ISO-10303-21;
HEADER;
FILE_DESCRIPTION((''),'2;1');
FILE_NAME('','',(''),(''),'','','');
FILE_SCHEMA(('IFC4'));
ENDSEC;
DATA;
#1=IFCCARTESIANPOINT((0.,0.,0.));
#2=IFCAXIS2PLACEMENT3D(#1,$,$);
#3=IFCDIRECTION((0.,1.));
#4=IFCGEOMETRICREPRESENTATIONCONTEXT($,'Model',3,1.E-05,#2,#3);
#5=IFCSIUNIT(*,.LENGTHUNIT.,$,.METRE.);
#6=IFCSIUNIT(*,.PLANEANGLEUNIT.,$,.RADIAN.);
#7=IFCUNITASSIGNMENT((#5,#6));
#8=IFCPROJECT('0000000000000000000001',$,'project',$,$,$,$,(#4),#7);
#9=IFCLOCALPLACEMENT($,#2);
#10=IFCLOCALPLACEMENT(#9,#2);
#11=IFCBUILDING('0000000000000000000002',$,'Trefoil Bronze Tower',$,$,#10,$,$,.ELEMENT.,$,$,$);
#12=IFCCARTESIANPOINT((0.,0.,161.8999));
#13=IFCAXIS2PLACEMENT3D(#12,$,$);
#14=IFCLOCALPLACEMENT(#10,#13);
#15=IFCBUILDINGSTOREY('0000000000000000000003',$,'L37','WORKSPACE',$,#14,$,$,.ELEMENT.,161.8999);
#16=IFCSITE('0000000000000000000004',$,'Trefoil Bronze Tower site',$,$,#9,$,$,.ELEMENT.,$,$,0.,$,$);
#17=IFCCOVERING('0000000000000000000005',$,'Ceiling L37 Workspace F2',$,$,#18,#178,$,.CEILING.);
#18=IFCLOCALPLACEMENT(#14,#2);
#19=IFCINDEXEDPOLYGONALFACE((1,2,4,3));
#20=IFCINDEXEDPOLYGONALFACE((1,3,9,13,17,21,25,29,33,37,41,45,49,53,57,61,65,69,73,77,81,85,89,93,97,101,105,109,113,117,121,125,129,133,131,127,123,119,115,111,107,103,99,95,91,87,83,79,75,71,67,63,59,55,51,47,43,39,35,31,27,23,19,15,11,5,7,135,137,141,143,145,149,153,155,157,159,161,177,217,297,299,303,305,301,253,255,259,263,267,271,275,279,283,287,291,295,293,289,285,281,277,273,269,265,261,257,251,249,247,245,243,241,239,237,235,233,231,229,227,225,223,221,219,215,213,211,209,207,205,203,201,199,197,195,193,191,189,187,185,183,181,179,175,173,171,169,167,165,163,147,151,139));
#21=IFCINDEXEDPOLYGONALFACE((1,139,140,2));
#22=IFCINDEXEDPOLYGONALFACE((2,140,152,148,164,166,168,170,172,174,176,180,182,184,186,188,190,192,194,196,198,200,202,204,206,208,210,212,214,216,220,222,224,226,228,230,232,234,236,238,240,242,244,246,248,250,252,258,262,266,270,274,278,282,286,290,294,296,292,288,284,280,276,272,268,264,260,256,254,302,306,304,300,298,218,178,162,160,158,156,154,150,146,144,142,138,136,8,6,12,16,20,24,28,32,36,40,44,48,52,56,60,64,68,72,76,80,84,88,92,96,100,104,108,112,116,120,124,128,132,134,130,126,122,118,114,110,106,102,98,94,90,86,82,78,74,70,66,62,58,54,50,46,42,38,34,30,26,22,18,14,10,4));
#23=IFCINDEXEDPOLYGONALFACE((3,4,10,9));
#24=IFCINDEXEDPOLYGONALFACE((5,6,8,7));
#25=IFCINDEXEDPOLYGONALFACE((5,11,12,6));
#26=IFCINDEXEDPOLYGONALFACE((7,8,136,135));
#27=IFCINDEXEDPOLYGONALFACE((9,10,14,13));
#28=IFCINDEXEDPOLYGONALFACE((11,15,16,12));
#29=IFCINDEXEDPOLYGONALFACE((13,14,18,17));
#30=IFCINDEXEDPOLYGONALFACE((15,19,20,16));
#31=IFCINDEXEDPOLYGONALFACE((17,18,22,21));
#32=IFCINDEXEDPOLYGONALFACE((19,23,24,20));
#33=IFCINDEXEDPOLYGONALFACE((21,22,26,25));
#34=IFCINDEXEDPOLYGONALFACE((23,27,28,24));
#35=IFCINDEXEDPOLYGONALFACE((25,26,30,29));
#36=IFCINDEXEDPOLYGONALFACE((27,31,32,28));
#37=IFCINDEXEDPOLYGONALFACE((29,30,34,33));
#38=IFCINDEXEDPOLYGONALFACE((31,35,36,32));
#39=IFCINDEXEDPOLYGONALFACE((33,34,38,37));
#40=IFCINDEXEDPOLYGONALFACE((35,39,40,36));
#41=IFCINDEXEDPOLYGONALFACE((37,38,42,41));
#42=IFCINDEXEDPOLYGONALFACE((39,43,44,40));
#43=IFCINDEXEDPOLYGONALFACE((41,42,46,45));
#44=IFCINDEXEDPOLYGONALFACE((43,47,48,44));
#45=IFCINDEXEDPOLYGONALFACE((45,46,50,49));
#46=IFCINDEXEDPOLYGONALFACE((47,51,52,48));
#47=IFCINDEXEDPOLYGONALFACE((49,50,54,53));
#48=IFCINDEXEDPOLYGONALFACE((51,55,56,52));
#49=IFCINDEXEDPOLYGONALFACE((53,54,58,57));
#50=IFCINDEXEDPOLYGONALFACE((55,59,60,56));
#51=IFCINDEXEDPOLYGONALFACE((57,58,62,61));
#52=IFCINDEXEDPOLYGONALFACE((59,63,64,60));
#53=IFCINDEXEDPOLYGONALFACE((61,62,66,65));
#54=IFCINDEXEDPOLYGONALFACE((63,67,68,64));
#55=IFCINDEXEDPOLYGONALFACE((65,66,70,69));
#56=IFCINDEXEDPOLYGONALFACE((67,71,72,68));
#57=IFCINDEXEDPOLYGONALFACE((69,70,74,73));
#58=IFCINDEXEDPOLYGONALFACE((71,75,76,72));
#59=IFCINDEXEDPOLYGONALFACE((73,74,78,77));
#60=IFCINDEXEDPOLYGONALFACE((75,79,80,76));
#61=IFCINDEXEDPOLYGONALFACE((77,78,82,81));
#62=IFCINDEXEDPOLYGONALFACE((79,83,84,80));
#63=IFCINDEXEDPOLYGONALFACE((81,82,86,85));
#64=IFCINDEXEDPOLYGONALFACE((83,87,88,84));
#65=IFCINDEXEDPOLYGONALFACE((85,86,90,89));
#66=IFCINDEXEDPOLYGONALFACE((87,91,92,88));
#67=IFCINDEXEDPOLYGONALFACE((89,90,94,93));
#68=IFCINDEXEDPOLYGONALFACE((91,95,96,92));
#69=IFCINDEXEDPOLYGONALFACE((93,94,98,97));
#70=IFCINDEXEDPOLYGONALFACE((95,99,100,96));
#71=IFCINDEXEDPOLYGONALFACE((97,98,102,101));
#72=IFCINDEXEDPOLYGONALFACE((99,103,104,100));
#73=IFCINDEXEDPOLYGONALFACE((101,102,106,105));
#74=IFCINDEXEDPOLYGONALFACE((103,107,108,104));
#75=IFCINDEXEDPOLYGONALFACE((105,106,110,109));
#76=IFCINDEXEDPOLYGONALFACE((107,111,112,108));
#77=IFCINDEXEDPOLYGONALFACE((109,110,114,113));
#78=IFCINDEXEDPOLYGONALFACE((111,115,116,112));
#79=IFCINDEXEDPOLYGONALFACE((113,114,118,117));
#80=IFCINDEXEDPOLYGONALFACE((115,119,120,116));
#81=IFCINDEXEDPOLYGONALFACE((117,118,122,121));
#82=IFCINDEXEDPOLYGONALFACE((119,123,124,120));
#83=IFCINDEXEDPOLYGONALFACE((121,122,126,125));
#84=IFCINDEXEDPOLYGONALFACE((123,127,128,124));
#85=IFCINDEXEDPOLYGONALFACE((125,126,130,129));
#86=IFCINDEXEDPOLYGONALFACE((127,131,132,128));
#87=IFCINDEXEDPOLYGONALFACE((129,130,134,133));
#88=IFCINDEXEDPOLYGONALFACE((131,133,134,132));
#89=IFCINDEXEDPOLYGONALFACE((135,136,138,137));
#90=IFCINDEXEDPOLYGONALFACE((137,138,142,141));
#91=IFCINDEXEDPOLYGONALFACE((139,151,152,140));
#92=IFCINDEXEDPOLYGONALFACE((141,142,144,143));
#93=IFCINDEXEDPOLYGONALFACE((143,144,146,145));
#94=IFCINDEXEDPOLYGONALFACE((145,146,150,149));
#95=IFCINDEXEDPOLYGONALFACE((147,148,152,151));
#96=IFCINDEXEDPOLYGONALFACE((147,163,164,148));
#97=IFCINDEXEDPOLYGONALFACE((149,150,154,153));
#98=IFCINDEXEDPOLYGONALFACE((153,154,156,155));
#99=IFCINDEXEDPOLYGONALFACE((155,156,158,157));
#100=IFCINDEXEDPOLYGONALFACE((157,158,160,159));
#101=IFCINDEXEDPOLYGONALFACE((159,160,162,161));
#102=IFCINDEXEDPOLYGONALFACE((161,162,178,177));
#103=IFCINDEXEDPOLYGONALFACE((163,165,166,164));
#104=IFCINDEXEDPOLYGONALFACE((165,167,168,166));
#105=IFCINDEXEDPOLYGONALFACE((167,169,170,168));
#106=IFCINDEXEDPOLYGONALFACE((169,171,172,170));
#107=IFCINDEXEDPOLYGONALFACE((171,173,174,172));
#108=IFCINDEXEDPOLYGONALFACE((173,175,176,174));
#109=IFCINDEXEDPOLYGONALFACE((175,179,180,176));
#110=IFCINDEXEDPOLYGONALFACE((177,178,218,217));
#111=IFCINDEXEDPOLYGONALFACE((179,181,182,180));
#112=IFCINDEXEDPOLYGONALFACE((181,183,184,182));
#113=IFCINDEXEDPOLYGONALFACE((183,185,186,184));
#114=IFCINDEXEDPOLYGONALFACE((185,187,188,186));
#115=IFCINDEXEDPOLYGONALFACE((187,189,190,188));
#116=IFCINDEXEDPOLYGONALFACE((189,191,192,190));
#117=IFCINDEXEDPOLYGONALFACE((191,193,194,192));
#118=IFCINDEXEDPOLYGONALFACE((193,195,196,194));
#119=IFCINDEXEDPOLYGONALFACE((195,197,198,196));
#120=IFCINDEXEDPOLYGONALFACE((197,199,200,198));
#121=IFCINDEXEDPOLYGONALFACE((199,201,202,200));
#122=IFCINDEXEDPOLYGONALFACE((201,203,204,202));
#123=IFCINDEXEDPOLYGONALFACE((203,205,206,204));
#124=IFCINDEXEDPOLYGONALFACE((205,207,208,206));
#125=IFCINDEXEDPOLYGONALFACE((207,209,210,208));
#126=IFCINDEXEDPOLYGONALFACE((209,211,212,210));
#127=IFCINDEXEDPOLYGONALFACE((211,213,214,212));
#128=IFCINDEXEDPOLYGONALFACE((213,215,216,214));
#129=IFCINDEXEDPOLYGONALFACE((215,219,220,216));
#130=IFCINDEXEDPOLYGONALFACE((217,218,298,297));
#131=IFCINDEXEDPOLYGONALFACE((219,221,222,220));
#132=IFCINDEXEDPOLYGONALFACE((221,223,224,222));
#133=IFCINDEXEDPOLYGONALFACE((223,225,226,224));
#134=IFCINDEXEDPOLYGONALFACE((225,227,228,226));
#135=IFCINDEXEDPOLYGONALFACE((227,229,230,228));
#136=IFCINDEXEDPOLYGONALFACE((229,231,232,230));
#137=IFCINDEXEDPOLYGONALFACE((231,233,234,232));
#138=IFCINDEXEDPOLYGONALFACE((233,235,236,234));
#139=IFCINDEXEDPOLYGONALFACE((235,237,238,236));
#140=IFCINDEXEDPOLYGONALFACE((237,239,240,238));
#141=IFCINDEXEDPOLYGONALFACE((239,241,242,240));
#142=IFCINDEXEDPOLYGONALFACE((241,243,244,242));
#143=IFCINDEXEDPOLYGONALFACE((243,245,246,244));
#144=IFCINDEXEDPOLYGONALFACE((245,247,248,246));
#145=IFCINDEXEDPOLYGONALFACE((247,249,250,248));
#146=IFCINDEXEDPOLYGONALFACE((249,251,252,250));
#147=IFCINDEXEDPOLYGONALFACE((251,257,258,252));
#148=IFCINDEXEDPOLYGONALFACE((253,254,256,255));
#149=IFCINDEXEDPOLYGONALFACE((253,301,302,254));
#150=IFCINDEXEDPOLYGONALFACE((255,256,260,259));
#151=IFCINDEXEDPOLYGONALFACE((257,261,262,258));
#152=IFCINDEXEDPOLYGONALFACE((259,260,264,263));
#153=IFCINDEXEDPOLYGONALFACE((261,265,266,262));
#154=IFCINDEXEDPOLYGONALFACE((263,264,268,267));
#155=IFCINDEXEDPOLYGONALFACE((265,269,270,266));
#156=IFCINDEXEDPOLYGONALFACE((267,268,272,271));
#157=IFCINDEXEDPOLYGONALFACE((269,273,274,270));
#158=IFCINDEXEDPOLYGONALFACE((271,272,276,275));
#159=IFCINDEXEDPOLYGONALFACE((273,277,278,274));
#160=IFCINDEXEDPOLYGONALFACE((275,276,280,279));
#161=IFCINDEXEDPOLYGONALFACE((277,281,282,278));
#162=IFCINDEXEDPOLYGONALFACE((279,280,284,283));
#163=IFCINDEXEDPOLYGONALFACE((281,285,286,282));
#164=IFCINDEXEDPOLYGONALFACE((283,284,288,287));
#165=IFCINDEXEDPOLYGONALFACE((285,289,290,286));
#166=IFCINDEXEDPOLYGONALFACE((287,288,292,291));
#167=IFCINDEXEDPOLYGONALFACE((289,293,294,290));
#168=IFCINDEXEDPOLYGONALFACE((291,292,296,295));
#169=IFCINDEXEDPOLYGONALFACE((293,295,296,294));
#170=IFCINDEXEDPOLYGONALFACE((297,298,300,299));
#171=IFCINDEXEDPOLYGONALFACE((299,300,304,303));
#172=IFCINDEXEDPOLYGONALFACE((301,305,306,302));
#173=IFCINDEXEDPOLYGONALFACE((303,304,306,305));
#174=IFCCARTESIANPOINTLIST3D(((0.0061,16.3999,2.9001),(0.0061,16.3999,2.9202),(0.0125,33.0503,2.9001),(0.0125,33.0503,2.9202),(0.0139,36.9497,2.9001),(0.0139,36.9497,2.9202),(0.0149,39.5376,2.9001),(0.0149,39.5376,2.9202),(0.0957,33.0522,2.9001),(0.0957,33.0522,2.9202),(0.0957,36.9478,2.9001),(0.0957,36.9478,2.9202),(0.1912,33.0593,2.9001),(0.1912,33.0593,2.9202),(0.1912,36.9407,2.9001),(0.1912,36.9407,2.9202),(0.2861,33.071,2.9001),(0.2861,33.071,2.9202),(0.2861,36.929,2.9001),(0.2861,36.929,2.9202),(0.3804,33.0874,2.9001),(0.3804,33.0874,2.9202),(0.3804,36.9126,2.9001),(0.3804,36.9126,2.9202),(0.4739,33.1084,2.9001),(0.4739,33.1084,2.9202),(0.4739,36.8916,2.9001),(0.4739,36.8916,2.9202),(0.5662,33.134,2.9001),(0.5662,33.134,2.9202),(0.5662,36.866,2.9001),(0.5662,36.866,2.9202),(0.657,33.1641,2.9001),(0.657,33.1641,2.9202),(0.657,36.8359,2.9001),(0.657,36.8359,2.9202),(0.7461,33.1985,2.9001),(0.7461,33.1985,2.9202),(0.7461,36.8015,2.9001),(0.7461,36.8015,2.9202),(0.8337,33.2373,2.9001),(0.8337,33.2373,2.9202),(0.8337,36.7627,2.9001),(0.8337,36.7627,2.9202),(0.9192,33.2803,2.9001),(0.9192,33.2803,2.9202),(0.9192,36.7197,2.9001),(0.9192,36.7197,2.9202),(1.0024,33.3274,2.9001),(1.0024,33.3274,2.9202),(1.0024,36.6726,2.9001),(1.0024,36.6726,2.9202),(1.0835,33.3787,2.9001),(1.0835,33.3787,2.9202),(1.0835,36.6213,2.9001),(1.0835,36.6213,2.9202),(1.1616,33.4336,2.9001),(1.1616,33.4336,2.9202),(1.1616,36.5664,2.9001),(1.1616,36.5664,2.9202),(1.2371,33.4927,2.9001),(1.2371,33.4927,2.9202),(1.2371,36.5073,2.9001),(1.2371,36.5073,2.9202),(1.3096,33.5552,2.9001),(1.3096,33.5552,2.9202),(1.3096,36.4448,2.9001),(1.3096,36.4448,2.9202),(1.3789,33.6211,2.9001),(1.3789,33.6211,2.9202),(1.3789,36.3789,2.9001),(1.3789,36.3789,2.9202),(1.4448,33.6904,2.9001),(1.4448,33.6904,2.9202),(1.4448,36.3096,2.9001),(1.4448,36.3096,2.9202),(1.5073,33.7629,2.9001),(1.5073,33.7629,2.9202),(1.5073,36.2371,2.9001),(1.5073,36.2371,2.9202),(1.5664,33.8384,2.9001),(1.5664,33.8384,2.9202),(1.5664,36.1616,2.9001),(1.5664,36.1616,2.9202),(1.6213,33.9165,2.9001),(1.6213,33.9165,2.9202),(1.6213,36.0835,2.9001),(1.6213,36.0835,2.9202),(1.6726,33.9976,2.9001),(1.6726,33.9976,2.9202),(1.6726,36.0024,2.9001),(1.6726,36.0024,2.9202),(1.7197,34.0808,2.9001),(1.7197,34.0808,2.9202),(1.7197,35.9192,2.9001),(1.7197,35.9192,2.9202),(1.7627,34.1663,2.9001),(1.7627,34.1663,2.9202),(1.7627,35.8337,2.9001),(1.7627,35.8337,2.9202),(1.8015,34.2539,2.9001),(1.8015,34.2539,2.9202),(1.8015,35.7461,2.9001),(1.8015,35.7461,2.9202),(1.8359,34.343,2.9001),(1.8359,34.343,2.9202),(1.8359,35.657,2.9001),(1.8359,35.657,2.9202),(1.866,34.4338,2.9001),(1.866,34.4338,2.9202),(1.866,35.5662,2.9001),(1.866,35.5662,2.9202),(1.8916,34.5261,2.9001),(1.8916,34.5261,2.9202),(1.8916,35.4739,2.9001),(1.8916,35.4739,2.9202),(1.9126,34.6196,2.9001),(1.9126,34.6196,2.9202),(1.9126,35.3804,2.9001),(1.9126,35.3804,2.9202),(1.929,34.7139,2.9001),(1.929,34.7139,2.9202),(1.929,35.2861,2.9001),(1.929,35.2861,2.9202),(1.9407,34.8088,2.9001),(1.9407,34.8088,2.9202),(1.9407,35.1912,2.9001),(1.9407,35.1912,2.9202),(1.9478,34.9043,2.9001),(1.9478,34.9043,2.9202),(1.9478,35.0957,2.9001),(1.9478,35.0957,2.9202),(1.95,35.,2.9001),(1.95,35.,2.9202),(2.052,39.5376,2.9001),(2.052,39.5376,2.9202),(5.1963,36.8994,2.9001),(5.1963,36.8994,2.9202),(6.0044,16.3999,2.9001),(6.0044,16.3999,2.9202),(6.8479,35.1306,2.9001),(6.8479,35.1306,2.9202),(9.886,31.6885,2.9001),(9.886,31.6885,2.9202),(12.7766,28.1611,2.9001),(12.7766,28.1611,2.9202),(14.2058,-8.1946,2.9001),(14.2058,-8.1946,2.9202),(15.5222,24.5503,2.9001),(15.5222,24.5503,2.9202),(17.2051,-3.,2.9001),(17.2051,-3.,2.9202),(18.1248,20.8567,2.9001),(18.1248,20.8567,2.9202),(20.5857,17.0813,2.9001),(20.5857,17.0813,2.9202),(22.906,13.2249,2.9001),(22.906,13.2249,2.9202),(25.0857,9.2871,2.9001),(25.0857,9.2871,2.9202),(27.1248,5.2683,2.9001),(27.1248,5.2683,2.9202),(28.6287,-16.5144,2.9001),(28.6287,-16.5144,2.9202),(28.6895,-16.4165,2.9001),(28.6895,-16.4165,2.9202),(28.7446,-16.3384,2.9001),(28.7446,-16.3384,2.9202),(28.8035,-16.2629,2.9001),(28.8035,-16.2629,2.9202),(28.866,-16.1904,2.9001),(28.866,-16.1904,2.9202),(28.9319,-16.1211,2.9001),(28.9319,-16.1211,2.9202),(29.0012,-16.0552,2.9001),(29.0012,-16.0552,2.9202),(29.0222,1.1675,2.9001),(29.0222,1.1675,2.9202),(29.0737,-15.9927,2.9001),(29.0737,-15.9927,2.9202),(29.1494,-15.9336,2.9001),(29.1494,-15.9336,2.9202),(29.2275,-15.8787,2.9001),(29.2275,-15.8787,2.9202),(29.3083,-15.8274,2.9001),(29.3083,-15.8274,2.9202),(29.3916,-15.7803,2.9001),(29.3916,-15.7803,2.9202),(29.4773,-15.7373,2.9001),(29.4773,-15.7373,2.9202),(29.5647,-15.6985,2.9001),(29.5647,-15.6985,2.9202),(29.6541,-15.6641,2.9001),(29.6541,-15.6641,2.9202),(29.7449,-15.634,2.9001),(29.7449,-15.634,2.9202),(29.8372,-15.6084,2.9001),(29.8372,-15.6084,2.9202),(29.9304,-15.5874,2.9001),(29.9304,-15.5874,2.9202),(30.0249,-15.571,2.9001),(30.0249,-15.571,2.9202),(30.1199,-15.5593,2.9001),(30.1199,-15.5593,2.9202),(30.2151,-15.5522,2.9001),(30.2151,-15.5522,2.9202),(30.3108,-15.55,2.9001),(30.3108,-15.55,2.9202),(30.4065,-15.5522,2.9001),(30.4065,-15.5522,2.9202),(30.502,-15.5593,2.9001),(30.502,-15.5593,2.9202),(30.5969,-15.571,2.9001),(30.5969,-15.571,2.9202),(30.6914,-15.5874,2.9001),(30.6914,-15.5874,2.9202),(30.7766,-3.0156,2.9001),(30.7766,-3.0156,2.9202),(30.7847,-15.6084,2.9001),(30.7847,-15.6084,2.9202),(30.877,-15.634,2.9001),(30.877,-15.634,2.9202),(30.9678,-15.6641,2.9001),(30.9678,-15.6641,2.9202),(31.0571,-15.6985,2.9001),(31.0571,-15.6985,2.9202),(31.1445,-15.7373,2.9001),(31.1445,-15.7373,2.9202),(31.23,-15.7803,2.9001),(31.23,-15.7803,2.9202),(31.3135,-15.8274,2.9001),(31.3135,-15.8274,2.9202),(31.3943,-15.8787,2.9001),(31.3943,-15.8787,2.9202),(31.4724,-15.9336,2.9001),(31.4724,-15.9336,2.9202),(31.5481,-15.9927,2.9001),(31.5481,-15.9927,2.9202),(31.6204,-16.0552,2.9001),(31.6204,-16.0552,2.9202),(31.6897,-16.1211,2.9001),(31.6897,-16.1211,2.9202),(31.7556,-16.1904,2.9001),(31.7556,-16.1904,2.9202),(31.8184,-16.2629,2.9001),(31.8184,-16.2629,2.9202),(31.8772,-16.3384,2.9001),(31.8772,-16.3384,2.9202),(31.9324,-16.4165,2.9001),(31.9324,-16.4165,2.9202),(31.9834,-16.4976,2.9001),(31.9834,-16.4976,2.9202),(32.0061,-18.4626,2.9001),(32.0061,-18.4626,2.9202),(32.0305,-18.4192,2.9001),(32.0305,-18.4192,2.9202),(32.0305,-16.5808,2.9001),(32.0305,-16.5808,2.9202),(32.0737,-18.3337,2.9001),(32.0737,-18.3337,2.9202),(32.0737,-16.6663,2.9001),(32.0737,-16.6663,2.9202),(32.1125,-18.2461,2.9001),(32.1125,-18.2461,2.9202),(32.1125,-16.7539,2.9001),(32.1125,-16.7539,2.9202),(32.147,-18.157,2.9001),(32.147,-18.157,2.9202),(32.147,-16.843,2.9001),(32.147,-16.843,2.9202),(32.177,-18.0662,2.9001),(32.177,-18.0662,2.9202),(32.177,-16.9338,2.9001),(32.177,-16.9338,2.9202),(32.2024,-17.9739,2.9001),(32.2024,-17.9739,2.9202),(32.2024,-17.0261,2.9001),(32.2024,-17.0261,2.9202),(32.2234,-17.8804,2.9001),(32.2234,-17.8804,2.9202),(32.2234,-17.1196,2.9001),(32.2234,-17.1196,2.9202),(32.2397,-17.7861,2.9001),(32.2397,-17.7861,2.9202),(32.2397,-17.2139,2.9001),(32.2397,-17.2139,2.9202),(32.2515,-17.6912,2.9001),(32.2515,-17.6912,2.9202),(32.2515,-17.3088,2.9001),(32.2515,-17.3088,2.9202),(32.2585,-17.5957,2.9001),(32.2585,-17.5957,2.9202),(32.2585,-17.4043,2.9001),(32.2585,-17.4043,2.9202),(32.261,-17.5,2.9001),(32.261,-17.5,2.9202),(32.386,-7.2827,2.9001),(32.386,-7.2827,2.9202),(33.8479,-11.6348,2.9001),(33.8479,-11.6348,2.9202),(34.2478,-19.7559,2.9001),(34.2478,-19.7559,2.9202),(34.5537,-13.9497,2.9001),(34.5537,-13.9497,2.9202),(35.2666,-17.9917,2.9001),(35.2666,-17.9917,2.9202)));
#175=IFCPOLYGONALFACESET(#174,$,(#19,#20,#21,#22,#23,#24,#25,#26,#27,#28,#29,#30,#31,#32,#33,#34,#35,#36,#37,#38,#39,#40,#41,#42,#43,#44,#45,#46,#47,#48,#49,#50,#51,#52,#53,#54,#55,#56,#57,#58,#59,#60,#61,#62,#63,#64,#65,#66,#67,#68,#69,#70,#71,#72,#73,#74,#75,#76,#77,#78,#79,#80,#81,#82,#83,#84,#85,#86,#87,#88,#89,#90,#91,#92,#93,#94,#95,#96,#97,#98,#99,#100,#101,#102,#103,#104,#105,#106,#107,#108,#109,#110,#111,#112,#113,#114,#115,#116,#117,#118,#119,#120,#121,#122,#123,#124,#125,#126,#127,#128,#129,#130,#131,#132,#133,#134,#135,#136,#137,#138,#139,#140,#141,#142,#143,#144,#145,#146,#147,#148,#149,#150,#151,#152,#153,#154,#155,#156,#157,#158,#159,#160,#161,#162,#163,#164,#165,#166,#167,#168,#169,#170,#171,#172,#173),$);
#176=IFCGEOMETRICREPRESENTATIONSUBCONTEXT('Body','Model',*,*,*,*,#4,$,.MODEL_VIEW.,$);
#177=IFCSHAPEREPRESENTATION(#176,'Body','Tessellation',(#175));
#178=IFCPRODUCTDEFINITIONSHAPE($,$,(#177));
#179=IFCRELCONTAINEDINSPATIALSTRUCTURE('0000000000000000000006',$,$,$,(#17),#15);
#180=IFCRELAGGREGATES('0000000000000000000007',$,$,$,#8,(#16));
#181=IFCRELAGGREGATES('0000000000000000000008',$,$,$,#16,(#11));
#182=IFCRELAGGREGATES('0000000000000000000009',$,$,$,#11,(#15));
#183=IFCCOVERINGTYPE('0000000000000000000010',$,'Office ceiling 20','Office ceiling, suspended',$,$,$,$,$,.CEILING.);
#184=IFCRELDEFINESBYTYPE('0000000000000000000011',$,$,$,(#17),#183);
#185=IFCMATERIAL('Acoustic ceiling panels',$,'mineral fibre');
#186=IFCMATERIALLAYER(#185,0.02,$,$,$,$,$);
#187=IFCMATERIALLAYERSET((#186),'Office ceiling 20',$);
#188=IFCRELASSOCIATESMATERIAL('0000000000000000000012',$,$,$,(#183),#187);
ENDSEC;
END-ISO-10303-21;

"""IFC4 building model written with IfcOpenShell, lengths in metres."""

from ifc_helpers import new_model, si_unit, direction, frame, origin, place, context, subcontext, project, spatial, polyline, outline, extrude, material, layer, layer_set, type_object, element, save


model = new_model("IFC4")

# Units and contexts
model_context = context("Model", 3, precision=1e-05, world=origin(), true_north=direction((0.0, 1.0)))
body_context = subcontext(model_context, "Body", "Model", "MODEL_VIEW")
ifc_project = project(units=[si_unit("LENGTHUNIT", "METRE"), si_unit("PLANEANGLEUNIT", "RADIAN")], contexts=[model_context])

# Site, building, storey
site_placement = place(None, origin())
site = spatial("IfcSite", under=ifc_project, at=site_placement, Name="Trefoil Bronze Tower site", CompositionType="ELEMENT", RefElevation=0.0)
building_placement = place(site_placement, origin())
building = spatial("IfcBuilding", under=site, at=building_placement, Name="Trefoil Bronze Tower", CompositionType="ELEMENT")
storey_placement = place(building_placement, frame((0.0, 0.0, 161.8999)))
storey = spatial("IfcBuildingStorey", under=building, at=storey_placement, Name="L37", Description="WORKSPACE", CompositionType="ELEMENT", Elevation=161.8999)

# Covering
ifc_material_1 = material(Name="Acoustic ceiling panels", Category="mineral fibre")
ifc_layer_1 = layer(ifc_material_1, 0.02)
ifc_layer_set_1 = layer_set([ifc_layer_1], Name="Office ceiling 20")
covering_type_1 = type_object("IfcCoveringType", Name="Office ceiling 20", Description="Office ceiling, suspended", PredefinedType="CEILING", material=ifc_layer_set_1)
covering_1_placement = place(storey_placement, frame((0.0, 0.0, 2.9001)))
element("IfcCovering", 1, at=covering_1_placement, inside=storey, type_object=covering_type_1, Name="Ceiling L37 Workspace F2", PredefinedType="CEILING", context=body_context, shape_type="SweptSolid", body=[
    extrude(outline(polyline([(6.8479, 35.1306), (9.886, 31.6885), (12.7766, 28.1611), (15.5222, 24.5503), (18.1248, 20.8567), (20.5857, 17.0813), (22.906, 13.2249), (25.0857, 9.2871), (27.1248, 5.2683), (29.0222, 1.1675), (30.7766, -3.0156), (32.386, -7.2827), (33.8479, -11.6348), (34.5537, -13.9497), (35.2666, -17.9917), (34.2478, -19.7559), (32.0061, -18.4626), (32.0305, -18.4192), (32.0737, -18.3337), (32.1125, -18.2461), (32.147, -18.157), (32.177, -18.0662), (32.2024, -17.9739), (32.2234, -17.8804), (32.2397, -17.7861), (32.2515, -17.6912), (32.2585, -17.5957), (32.261, -17.5), (32.2585, -17.4043), (32.2515, -17.3088), (32.2397, -17.2139), (32.2234, -17.1196), (32.2024, -17.0261), (32.177, -16.9338), (32.147, -16.843), (32.1125, -16.7539), (32.0737, -16.6663), (32.0305, -16.5808), (31.9834, -16.4976), (31.9324, -16.4165), (31.8772, -16.3384), (31.8184, -16.2629), (31.7556, -16.1904), (31.6897, -16.1211), (31.6204, -16.0552), (31.5481, -15.9927), (31.4724, -15.9336), (31.3943, -15.8787), (31.3135, -15.8274), (31.23, -15.7803), (31.1445, -15.7373), (31.0571, -15.6985), (30.9678, -15.6641), (30.877, -15.634), (30.7847, -15.6084), (30.6914, -15.5874), (30.5969, -15.571), (30.502, -15.5593), (30.4065, -15.5522), (30.3108, -15.55), (30.2151, -15.5522), (30.1199, -15.5593), (30.0249, -15.571), (29.9304, -15.5874), (29.8372, -15.6084), (29.7449, -15.634), (29.6541, -15.6641), (29.5647, -15.6985), (29.4773, -15.7373), (29.3916, -15.7803), (29.3083, -15.8274), (29.2275, -15.8787), (29.1494, -15.9336), (29.0737, -15.9927), (29.0012, -16.0552), (28.9319, -16.1211), (28.866, -16.1904), (28.8035, -16.2629), (28.7446, -16.3384), (28.6895, -16.4165), (28.6287, -16.5144), (14.2058, -8.1946), (17.2051, -3.0), (6.0044, 16.3999), (0.0061, 16.3999), (0.0125, 33.0503), (0.0957, 33.0522), (0.1912, 33.0593), (0.2861, 33.071), (0.3804, 33.0874), (0.4739, 33.1084), (0.5662, 33.134), (0.657, 33.1641), (0.7461, 33.1985), (0.8337, 33.2373), (0.9192, 33.2803), (1.0024, 33.3274), (1.0835, 33.3787), (1.1616, 33.4336), (1.2371, 33.4927), (1.3096, 33.5552), (1.3789, 33.6211), (1.4448, 33.6904), (1.5073, 33.7629), (1.5664, 33.8384), (1.6213, 33.9165), (1.6726, 33.9976), (1.7197, 34.0808), (1.7627, 34.1663), (1.8015, 34.2539), (1.8359, 34.343), (1.866, 34.4338), (1.8916, 34.5261), (1.9126, 34.6196), (1.929, 34.7139), (1.9407, 34.8088), (1.9478, 34.9043), (1.95, 35.0), (1.9478, 35.0957), (1.9407, 35.1912), (1.929, 35.2861), (1.9126, 35.3804), (1.8916, 35.4739), (1.866, 35.5662), (1.8359, 35.657), (1.8015, 35.7461), (1.7627, 35.8337), (1.7197, 35.9192), (1.6726, 36.0024), (1.6213, 36.0835), (1.5664, 36.1616), (1.5073, 36.2371), (1.4448, 36.3096), (1.3789, 36.3789), (1.3096, 36.4448), (1.2371, 36.5073), (1.1616, 36.5664), (1.0835, 36.6213), (1.0024, 36.6726), (0.9192, 36.7197), (0.8337, 36.7627), (0.7461, 36.8015), (0.657, 36.8359), (0.5662, 36.866), (0.4739, 36.8916), (0.3804, 36.9126), (0.2861, 36.929), (0.1912, 36.9407), (0.0957, 36.9478), (0.0139, 36.9497), (0.0149, 39.5376), (2.052, 39.5376), (5.1963, 36.8994), (6.8479, 35.1306)])), origin(), (0.0, 0.0, 1.0), 0.02),
])

save(model, "model.ifc")
